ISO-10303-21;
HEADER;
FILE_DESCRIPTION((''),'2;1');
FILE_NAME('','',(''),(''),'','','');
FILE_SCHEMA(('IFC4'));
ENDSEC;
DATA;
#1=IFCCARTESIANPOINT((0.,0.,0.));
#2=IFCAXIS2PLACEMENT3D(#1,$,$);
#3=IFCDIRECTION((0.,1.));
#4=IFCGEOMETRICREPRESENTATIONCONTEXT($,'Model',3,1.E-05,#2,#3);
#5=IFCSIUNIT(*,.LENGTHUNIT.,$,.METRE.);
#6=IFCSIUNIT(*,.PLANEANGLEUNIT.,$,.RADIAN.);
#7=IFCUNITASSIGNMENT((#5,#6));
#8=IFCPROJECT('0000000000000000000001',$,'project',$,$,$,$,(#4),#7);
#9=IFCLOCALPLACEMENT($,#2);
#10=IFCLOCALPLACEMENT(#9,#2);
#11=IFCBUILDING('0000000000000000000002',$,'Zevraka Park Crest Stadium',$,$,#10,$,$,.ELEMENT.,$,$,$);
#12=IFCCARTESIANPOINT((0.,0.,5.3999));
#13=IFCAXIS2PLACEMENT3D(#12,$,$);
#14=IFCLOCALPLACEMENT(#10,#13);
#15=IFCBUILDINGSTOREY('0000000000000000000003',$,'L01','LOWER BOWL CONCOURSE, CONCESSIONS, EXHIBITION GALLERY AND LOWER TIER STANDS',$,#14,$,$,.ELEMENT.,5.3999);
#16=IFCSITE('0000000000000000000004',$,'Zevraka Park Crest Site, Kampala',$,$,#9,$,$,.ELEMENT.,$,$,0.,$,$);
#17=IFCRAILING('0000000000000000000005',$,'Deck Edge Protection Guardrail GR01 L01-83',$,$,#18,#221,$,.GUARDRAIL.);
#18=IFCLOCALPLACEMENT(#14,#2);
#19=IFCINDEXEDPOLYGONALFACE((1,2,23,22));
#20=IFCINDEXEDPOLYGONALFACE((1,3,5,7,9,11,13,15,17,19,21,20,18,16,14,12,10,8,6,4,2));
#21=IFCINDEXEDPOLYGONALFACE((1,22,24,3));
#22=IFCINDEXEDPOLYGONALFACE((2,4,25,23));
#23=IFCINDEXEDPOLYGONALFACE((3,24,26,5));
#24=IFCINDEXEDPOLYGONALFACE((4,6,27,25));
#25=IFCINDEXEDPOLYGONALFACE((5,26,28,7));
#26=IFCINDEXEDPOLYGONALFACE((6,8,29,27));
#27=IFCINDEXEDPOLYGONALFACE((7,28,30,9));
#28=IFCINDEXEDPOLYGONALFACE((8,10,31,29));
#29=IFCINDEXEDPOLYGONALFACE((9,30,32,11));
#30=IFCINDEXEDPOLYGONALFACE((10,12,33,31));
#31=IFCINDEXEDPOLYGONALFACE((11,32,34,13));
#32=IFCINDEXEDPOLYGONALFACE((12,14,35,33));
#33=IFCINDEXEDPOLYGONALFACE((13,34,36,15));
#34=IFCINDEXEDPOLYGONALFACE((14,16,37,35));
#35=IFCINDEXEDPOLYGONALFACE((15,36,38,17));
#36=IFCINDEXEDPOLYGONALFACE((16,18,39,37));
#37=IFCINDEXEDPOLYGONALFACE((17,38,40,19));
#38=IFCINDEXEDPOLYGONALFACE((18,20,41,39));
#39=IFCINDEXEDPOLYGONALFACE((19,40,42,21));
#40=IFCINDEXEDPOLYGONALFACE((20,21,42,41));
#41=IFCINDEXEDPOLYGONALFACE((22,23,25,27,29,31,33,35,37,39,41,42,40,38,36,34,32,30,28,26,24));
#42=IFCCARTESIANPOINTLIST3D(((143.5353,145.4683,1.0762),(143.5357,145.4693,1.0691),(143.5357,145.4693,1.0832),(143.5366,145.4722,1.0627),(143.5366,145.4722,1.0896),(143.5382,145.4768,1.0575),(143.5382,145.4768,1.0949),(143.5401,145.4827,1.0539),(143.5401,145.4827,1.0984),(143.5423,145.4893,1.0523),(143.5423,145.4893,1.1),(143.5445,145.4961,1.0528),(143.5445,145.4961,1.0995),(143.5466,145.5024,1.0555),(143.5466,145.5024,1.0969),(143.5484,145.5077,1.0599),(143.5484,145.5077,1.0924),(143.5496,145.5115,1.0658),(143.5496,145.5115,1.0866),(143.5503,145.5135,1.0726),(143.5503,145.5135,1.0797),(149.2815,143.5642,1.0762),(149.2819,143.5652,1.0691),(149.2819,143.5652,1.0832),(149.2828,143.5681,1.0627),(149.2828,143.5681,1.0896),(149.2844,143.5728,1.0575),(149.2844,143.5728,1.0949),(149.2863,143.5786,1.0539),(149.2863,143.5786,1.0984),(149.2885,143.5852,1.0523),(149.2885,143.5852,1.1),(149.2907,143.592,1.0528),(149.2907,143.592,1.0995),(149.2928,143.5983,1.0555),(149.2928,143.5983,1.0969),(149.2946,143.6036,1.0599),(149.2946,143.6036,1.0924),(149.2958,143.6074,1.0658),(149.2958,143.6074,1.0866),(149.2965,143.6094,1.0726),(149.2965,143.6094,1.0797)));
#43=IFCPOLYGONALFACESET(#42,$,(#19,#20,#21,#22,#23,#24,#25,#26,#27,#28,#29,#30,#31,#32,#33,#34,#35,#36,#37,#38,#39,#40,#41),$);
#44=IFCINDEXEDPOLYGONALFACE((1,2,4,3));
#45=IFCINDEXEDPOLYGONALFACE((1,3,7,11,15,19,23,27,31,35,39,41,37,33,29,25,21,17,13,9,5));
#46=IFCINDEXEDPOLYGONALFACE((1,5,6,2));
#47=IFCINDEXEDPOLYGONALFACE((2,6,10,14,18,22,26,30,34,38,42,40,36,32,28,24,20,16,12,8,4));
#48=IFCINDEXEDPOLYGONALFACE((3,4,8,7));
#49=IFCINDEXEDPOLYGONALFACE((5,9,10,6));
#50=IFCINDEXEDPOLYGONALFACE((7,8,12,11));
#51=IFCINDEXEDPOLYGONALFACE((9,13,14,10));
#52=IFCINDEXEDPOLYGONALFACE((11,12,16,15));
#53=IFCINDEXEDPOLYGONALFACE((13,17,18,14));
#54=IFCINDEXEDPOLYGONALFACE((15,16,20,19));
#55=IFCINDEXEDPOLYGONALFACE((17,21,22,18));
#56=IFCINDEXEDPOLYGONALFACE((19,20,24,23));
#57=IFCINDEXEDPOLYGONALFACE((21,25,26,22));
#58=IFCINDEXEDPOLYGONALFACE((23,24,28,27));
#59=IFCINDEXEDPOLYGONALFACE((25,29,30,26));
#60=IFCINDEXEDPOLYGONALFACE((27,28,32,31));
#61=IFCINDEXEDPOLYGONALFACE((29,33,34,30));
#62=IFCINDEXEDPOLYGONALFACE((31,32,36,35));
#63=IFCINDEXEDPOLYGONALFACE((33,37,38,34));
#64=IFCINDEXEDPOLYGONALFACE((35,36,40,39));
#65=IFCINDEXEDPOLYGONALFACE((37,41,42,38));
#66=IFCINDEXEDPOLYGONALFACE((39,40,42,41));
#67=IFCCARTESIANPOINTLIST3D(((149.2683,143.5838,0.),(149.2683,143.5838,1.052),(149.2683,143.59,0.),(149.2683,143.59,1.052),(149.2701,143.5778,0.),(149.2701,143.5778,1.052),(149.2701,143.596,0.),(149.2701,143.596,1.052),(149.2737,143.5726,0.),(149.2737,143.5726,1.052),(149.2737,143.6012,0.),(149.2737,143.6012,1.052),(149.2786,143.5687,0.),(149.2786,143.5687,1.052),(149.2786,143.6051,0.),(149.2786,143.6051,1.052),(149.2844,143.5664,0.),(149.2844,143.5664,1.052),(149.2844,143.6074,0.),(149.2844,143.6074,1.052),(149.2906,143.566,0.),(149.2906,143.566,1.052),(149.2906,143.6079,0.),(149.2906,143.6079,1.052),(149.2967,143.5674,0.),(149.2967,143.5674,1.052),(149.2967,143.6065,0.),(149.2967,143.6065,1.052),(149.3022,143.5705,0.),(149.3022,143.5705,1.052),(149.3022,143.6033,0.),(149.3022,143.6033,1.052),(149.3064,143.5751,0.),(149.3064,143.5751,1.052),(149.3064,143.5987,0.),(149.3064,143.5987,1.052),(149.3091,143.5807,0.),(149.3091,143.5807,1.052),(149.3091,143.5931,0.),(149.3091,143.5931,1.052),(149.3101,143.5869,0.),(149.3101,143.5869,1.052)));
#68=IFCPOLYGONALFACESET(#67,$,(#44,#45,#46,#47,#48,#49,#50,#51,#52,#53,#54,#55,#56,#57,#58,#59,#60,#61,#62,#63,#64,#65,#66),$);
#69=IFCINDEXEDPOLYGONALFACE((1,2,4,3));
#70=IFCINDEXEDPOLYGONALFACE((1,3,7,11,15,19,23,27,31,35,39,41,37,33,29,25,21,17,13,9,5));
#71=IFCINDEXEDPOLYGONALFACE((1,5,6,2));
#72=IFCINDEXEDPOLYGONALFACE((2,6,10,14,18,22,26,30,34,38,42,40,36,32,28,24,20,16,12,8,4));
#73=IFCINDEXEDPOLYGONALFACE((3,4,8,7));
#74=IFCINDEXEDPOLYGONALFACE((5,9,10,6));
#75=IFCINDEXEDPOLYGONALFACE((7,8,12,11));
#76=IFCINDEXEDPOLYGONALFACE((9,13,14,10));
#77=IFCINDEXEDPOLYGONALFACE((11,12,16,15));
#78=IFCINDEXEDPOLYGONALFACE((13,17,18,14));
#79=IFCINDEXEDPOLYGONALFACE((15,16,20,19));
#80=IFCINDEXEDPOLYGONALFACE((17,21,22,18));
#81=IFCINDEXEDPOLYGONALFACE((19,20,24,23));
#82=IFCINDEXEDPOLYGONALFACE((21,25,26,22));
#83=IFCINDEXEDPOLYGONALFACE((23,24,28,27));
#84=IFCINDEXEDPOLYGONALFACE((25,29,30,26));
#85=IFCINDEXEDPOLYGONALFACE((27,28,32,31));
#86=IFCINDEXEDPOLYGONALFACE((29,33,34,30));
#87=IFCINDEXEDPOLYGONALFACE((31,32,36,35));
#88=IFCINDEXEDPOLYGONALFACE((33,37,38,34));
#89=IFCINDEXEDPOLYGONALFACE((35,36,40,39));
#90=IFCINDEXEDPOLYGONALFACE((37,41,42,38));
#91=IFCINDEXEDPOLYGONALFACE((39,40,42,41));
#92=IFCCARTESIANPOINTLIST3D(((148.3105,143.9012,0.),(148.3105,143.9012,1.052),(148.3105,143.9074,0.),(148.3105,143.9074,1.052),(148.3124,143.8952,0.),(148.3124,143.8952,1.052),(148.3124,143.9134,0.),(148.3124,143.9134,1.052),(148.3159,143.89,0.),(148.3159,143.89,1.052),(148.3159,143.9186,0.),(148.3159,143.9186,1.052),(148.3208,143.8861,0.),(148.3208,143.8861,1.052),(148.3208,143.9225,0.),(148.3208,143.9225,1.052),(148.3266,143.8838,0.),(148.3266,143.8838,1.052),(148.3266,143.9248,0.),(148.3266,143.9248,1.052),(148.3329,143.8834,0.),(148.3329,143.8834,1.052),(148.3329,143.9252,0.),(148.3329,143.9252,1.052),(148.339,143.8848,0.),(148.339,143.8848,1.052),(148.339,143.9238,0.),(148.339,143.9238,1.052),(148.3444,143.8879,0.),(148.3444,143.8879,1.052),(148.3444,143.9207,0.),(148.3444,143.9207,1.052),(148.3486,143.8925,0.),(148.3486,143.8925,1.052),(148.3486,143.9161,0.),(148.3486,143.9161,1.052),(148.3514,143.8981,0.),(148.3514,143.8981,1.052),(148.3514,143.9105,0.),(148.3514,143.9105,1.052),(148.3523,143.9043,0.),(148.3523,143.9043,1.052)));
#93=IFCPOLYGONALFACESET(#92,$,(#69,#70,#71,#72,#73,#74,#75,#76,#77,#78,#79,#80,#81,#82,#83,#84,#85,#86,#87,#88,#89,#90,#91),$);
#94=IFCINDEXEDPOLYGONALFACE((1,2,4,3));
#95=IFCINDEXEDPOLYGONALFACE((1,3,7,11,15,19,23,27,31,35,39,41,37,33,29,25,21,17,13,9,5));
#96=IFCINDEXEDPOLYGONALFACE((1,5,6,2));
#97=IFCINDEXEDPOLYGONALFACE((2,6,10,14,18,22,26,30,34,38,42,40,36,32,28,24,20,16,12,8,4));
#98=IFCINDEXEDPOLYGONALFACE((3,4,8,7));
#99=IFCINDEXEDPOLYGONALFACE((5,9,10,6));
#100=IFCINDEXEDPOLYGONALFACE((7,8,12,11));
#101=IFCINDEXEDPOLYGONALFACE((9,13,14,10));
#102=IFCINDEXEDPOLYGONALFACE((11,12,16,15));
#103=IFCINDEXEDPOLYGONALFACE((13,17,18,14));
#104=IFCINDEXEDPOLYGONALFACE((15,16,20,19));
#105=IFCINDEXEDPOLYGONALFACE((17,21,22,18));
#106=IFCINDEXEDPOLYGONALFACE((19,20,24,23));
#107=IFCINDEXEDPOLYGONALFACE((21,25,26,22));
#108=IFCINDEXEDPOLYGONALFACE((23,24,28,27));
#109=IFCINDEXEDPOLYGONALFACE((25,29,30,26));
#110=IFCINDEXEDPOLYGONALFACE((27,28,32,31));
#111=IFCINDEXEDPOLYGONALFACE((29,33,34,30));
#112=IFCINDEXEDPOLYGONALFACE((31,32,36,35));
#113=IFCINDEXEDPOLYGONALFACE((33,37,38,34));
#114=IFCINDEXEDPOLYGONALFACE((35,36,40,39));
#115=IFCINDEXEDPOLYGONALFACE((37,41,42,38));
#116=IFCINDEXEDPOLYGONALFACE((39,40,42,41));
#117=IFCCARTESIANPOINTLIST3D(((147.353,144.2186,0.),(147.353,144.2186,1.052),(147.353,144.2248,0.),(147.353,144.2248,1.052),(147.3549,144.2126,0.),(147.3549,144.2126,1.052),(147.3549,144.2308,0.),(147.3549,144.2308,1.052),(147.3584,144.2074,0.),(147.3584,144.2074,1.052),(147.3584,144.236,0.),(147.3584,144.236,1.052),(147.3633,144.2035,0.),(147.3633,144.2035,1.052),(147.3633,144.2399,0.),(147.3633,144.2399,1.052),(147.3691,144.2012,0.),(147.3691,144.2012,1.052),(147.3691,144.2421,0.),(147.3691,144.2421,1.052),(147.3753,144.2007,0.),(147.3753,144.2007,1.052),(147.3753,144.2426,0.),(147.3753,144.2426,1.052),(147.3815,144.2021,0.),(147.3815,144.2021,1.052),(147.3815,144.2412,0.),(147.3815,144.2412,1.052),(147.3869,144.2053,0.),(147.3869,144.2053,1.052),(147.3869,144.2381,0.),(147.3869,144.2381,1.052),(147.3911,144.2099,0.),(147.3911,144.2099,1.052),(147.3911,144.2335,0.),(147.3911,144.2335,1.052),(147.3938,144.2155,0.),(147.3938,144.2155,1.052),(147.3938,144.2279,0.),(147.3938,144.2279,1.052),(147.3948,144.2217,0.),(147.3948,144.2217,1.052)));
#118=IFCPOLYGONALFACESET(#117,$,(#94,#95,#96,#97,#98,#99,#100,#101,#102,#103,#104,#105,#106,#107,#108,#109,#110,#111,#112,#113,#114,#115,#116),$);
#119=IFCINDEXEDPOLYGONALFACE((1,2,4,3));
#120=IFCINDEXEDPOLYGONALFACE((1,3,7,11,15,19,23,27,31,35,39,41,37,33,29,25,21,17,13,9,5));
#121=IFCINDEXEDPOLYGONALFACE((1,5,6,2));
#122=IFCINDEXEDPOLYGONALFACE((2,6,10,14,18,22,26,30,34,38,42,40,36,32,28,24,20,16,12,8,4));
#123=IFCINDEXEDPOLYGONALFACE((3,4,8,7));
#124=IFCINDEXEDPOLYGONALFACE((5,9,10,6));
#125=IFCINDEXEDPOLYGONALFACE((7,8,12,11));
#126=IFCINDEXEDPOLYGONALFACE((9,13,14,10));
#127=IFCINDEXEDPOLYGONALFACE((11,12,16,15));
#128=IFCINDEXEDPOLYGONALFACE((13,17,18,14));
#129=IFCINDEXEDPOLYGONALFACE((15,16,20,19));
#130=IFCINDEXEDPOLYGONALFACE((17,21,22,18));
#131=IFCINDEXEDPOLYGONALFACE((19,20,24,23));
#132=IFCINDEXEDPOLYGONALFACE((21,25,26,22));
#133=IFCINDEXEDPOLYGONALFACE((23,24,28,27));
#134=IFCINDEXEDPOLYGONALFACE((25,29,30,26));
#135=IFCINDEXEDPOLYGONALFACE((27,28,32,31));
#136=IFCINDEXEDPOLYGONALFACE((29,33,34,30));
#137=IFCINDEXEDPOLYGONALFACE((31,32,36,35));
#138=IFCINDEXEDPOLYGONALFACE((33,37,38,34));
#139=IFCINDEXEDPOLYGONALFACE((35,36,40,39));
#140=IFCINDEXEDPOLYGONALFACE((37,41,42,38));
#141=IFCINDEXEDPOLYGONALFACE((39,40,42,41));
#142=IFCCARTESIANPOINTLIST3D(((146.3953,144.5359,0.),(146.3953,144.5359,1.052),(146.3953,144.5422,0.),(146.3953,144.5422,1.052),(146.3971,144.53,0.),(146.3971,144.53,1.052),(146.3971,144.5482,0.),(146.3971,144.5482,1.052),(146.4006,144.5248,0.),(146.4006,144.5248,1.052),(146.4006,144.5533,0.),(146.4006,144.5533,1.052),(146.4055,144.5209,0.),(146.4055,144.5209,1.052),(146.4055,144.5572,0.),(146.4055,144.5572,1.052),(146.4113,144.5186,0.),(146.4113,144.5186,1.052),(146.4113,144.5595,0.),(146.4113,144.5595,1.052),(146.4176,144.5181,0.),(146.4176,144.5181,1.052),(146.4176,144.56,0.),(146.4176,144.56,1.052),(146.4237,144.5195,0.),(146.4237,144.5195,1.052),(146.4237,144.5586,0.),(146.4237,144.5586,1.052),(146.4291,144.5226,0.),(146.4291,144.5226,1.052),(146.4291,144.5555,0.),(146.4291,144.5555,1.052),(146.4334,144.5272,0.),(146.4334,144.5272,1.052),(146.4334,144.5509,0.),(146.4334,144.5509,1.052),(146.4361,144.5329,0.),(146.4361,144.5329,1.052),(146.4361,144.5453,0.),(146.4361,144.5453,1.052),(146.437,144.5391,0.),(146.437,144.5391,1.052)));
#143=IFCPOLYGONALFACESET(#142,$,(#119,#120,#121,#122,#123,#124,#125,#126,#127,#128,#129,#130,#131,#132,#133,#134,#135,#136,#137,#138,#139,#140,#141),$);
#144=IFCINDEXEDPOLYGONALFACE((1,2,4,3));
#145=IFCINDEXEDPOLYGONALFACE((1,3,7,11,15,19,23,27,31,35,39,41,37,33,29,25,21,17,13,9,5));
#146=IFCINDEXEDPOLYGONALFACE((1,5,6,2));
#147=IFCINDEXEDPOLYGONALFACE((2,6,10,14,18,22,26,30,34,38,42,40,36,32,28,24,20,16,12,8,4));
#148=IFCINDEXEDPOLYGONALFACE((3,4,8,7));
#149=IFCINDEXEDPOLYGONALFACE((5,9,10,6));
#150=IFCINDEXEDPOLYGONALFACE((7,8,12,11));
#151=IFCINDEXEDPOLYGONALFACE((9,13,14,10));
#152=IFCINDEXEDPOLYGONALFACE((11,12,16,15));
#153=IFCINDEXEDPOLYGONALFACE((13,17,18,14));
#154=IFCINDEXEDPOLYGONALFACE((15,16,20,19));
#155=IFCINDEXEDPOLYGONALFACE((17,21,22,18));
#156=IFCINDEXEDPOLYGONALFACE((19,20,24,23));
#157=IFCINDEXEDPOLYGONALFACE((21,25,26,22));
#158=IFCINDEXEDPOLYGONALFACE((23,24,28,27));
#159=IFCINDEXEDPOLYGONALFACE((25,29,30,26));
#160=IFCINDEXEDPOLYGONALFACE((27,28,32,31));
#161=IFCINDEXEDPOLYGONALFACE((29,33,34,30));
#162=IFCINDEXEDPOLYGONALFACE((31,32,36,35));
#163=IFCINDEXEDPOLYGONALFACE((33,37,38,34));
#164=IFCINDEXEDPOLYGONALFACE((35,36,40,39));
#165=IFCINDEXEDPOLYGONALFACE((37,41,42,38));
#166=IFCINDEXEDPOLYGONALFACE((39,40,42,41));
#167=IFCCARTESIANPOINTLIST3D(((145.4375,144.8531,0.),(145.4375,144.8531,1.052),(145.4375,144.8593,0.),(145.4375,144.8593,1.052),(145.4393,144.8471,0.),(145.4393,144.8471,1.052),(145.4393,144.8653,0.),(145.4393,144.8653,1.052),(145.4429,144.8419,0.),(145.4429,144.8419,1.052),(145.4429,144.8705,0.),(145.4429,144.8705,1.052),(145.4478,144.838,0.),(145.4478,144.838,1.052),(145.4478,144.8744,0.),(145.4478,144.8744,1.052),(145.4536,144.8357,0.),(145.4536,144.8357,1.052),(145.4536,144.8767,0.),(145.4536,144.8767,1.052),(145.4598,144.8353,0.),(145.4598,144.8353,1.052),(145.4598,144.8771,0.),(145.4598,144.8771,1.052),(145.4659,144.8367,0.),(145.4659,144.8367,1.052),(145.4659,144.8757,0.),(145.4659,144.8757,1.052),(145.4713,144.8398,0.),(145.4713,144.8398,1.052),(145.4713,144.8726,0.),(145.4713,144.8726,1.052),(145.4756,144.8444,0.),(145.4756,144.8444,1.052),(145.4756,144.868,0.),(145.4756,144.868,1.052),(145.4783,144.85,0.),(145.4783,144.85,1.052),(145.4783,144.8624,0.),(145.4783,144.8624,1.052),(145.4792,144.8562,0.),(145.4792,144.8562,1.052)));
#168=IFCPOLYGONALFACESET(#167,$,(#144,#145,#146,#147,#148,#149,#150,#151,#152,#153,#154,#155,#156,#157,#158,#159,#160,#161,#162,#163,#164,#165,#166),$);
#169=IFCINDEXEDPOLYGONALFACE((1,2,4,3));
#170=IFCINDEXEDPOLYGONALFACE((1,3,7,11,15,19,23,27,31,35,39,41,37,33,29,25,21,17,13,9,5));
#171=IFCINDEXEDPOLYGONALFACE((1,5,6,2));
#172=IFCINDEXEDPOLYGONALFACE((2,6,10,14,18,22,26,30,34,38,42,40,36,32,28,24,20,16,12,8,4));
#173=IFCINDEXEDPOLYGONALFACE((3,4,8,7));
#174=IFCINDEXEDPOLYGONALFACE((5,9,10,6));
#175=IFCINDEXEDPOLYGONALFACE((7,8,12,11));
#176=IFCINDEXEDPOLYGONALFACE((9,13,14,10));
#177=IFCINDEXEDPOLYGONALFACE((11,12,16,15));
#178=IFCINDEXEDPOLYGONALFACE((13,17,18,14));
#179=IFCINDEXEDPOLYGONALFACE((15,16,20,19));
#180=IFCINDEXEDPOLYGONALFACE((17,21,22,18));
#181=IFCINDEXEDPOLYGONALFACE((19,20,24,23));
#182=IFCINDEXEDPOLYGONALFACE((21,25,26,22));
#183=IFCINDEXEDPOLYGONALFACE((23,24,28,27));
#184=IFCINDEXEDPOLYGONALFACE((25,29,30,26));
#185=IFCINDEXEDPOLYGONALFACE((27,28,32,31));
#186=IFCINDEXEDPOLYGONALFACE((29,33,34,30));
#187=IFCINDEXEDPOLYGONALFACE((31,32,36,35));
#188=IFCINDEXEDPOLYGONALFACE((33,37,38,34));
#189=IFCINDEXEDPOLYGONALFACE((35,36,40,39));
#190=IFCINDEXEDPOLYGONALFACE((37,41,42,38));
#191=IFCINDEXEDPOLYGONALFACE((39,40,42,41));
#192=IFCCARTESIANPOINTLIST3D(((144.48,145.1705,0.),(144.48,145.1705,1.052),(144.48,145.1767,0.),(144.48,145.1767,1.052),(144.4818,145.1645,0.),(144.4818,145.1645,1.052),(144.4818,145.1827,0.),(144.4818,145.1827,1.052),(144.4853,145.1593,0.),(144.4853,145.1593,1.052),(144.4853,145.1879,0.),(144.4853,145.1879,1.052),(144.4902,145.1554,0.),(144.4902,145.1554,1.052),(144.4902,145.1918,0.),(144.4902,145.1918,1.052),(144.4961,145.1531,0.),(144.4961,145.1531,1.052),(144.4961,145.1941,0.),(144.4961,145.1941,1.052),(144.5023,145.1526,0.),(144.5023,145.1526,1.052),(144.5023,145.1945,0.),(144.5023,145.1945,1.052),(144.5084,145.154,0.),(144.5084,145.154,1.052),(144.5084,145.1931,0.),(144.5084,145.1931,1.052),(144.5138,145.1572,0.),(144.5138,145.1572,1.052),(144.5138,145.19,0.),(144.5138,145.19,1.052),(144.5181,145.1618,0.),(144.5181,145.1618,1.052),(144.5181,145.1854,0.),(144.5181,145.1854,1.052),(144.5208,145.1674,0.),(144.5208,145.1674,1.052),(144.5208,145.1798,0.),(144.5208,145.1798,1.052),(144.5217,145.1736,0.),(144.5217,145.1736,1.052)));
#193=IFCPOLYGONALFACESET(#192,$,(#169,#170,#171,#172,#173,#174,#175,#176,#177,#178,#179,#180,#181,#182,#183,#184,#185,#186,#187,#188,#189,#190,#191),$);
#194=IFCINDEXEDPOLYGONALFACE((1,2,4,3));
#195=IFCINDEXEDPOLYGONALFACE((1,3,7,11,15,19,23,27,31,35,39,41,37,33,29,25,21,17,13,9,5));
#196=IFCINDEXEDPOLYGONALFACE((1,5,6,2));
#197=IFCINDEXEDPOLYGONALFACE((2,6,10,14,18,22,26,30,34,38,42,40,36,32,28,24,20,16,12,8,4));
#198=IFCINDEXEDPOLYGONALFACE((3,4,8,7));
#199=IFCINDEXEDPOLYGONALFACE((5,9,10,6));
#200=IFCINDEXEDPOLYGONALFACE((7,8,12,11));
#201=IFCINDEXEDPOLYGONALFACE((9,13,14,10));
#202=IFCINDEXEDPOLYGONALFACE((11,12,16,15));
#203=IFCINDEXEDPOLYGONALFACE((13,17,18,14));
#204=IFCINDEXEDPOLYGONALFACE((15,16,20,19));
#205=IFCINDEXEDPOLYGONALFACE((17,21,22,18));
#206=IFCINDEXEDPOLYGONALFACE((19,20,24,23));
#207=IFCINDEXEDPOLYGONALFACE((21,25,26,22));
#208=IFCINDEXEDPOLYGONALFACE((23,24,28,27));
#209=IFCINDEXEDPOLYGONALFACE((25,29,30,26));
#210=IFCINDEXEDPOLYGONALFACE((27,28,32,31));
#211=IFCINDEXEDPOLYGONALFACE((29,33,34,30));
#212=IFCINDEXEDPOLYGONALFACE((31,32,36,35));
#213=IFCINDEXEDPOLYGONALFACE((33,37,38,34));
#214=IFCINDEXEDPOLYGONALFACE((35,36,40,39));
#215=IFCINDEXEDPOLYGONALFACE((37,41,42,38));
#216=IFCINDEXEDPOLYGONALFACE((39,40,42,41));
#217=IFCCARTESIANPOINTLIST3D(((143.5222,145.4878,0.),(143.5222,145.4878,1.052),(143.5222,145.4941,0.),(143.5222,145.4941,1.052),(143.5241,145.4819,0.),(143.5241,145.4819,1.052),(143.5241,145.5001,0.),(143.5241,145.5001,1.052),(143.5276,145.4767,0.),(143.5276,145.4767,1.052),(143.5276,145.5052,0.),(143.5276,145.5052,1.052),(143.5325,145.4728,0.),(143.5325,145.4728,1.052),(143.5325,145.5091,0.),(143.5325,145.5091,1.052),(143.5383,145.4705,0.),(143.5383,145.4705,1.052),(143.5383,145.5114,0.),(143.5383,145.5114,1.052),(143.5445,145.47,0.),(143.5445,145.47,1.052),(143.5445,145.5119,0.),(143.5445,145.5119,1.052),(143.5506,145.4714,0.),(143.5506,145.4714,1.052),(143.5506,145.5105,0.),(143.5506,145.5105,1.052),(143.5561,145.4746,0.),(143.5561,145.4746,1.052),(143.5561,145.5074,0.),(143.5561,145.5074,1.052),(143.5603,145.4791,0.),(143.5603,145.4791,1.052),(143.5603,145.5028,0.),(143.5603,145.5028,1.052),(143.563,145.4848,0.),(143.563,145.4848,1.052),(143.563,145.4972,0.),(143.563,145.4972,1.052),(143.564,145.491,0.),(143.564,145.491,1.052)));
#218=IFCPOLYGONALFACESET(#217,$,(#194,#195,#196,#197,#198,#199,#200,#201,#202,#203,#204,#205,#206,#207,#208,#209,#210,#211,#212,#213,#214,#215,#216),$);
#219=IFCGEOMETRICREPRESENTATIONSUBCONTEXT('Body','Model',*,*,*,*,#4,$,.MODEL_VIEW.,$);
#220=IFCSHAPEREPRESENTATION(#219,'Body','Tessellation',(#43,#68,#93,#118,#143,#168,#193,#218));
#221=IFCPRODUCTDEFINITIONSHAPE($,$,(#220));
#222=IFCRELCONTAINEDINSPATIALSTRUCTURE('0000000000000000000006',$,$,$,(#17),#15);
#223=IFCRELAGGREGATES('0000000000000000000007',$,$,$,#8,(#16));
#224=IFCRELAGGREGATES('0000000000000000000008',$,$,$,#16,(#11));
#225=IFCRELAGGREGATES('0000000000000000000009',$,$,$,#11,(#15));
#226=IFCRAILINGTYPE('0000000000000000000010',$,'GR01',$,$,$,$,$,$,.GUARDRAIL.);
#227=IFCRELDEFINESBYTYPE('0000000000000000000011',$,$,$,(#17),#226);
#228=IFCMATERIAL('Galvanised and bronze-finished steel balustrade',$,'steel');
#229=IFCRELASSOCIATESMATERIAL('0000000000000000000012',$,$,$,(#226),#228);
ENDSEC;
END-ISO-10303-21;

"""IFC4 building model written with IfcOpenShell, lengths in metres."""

from ifc_helpers import new_model, si_unit, direction, frame, origin, origin_2d, place, context, subcontext, project, spatial, circle, extrude, material, type_object, element, save


model = new_model("IFC4")

# Units and contexts
model_context = context("Model", 3, precision=1e-05, world=origin(), true_north=direction((0.0, 1.0)))
body_context = subcontext(model_context, "Body", "Model", "MODEL_VIEW")
ifc_project = project(units=[si_unit("LENGTHUNIT", "METRE"), si_unit("PLANEANGLEUNIT", "RADIAN")], contexts=[model_context])

# Site, building, storey
site_placement = place(None, origin())
site = spatial("IfcSite", under=ifc_project, at=site_placement, Name="Zevraka Park Crest Site, Kampala", CompositionType="ELEMENT", RefElevation=0.0)
building_placement = place(site_placement, origin())
building = spatial("IfcBuilding", under=site, at=building_placement, Name="Zevraka Park Crest Stadium", CompositionType="ELEMENT")
storey_placement = place(building_placement, frame((0.0, 0.0, 5.3999)))
storey = spatial("IfcBuildingStorey", under=building, at=storey_placement, Name="L01", Description="LOWER BOWL CONCOURSE, CONCESSIONS, EXHIBITION GALLERY AND LOWER TIER STANDS", CompositionType="ELEMENT", Elevation=5.3999)

# Railing
ifc_material_1 = material(Name="Galvanised and bronze-finished steel balustrade", Category="steel")
railing_type_1 = type_object("IfcRailingType", Name="GR01", PredefinedType="GUARDRAIL", material=ifc_material_1)
railing_1_placement = place(storey_placement, frame((149.2891, 143.5869, 0.0)))
element("IfcRailing", 1, at=railing_1_placement, inside=storey, type_object=railing_type_1, Name="Deck Edge Protection Guardrail GR01 L01-83", PredefinedType="GUARDRAIL", context=body_context, shape_type="SweptSolid", body=[
    extrude(circle(Radius=0.0239, at=origin_2d()), frame((0.0, 0.0, 1.0762), z_axis=(-0.949242, 0.314545, 0.0), x_axis=(-0.314545, -0.949242, 0.0)), (0.0, 0.0, 1.0), 6.0535),
    extrude(circle(Radius=0.021, at=origin_2d()), origin(), (0.0, 0.0, 1.0), 1.052),
    extrude(circle(Radius=0.021, at=origin_2d()), frame((-0.9578, 0.3174, 0.0)), (0.0, 0.0, 1.0), 1.052),
    extrude(circle(Radius=0.021, at=origin_2d()), frame((-1.9153, 0.6348, 0.0)), (0.0, 0.0, 1.0), 1.052),
    extrude(circle(Radius=0.021, at=origin_2d()), frame((-2.873, 0.9521, 0.0)), (0.0, 0.0, 1.0), 1.052),
    extrude(circle(Radius=0.021, at=origin_2d()), frame((-3.8308, 1.2693, 0.0)), (0.0, 0.0, 1.0), 1.052),
    extrude(circle(Radius=0.021, at=origin_2d()), frame((-4.7883, 1.5867, 0.0)), (0.0, 0.0, 1.0), 1.052),
    extrude(circle(Radius=0.021, at=origin_2d()), frame((-5.7461, 1.9041, 0.0)), (0.0, 0.0, 1.0), 1.052),
])

save(model, "model.ifc")
